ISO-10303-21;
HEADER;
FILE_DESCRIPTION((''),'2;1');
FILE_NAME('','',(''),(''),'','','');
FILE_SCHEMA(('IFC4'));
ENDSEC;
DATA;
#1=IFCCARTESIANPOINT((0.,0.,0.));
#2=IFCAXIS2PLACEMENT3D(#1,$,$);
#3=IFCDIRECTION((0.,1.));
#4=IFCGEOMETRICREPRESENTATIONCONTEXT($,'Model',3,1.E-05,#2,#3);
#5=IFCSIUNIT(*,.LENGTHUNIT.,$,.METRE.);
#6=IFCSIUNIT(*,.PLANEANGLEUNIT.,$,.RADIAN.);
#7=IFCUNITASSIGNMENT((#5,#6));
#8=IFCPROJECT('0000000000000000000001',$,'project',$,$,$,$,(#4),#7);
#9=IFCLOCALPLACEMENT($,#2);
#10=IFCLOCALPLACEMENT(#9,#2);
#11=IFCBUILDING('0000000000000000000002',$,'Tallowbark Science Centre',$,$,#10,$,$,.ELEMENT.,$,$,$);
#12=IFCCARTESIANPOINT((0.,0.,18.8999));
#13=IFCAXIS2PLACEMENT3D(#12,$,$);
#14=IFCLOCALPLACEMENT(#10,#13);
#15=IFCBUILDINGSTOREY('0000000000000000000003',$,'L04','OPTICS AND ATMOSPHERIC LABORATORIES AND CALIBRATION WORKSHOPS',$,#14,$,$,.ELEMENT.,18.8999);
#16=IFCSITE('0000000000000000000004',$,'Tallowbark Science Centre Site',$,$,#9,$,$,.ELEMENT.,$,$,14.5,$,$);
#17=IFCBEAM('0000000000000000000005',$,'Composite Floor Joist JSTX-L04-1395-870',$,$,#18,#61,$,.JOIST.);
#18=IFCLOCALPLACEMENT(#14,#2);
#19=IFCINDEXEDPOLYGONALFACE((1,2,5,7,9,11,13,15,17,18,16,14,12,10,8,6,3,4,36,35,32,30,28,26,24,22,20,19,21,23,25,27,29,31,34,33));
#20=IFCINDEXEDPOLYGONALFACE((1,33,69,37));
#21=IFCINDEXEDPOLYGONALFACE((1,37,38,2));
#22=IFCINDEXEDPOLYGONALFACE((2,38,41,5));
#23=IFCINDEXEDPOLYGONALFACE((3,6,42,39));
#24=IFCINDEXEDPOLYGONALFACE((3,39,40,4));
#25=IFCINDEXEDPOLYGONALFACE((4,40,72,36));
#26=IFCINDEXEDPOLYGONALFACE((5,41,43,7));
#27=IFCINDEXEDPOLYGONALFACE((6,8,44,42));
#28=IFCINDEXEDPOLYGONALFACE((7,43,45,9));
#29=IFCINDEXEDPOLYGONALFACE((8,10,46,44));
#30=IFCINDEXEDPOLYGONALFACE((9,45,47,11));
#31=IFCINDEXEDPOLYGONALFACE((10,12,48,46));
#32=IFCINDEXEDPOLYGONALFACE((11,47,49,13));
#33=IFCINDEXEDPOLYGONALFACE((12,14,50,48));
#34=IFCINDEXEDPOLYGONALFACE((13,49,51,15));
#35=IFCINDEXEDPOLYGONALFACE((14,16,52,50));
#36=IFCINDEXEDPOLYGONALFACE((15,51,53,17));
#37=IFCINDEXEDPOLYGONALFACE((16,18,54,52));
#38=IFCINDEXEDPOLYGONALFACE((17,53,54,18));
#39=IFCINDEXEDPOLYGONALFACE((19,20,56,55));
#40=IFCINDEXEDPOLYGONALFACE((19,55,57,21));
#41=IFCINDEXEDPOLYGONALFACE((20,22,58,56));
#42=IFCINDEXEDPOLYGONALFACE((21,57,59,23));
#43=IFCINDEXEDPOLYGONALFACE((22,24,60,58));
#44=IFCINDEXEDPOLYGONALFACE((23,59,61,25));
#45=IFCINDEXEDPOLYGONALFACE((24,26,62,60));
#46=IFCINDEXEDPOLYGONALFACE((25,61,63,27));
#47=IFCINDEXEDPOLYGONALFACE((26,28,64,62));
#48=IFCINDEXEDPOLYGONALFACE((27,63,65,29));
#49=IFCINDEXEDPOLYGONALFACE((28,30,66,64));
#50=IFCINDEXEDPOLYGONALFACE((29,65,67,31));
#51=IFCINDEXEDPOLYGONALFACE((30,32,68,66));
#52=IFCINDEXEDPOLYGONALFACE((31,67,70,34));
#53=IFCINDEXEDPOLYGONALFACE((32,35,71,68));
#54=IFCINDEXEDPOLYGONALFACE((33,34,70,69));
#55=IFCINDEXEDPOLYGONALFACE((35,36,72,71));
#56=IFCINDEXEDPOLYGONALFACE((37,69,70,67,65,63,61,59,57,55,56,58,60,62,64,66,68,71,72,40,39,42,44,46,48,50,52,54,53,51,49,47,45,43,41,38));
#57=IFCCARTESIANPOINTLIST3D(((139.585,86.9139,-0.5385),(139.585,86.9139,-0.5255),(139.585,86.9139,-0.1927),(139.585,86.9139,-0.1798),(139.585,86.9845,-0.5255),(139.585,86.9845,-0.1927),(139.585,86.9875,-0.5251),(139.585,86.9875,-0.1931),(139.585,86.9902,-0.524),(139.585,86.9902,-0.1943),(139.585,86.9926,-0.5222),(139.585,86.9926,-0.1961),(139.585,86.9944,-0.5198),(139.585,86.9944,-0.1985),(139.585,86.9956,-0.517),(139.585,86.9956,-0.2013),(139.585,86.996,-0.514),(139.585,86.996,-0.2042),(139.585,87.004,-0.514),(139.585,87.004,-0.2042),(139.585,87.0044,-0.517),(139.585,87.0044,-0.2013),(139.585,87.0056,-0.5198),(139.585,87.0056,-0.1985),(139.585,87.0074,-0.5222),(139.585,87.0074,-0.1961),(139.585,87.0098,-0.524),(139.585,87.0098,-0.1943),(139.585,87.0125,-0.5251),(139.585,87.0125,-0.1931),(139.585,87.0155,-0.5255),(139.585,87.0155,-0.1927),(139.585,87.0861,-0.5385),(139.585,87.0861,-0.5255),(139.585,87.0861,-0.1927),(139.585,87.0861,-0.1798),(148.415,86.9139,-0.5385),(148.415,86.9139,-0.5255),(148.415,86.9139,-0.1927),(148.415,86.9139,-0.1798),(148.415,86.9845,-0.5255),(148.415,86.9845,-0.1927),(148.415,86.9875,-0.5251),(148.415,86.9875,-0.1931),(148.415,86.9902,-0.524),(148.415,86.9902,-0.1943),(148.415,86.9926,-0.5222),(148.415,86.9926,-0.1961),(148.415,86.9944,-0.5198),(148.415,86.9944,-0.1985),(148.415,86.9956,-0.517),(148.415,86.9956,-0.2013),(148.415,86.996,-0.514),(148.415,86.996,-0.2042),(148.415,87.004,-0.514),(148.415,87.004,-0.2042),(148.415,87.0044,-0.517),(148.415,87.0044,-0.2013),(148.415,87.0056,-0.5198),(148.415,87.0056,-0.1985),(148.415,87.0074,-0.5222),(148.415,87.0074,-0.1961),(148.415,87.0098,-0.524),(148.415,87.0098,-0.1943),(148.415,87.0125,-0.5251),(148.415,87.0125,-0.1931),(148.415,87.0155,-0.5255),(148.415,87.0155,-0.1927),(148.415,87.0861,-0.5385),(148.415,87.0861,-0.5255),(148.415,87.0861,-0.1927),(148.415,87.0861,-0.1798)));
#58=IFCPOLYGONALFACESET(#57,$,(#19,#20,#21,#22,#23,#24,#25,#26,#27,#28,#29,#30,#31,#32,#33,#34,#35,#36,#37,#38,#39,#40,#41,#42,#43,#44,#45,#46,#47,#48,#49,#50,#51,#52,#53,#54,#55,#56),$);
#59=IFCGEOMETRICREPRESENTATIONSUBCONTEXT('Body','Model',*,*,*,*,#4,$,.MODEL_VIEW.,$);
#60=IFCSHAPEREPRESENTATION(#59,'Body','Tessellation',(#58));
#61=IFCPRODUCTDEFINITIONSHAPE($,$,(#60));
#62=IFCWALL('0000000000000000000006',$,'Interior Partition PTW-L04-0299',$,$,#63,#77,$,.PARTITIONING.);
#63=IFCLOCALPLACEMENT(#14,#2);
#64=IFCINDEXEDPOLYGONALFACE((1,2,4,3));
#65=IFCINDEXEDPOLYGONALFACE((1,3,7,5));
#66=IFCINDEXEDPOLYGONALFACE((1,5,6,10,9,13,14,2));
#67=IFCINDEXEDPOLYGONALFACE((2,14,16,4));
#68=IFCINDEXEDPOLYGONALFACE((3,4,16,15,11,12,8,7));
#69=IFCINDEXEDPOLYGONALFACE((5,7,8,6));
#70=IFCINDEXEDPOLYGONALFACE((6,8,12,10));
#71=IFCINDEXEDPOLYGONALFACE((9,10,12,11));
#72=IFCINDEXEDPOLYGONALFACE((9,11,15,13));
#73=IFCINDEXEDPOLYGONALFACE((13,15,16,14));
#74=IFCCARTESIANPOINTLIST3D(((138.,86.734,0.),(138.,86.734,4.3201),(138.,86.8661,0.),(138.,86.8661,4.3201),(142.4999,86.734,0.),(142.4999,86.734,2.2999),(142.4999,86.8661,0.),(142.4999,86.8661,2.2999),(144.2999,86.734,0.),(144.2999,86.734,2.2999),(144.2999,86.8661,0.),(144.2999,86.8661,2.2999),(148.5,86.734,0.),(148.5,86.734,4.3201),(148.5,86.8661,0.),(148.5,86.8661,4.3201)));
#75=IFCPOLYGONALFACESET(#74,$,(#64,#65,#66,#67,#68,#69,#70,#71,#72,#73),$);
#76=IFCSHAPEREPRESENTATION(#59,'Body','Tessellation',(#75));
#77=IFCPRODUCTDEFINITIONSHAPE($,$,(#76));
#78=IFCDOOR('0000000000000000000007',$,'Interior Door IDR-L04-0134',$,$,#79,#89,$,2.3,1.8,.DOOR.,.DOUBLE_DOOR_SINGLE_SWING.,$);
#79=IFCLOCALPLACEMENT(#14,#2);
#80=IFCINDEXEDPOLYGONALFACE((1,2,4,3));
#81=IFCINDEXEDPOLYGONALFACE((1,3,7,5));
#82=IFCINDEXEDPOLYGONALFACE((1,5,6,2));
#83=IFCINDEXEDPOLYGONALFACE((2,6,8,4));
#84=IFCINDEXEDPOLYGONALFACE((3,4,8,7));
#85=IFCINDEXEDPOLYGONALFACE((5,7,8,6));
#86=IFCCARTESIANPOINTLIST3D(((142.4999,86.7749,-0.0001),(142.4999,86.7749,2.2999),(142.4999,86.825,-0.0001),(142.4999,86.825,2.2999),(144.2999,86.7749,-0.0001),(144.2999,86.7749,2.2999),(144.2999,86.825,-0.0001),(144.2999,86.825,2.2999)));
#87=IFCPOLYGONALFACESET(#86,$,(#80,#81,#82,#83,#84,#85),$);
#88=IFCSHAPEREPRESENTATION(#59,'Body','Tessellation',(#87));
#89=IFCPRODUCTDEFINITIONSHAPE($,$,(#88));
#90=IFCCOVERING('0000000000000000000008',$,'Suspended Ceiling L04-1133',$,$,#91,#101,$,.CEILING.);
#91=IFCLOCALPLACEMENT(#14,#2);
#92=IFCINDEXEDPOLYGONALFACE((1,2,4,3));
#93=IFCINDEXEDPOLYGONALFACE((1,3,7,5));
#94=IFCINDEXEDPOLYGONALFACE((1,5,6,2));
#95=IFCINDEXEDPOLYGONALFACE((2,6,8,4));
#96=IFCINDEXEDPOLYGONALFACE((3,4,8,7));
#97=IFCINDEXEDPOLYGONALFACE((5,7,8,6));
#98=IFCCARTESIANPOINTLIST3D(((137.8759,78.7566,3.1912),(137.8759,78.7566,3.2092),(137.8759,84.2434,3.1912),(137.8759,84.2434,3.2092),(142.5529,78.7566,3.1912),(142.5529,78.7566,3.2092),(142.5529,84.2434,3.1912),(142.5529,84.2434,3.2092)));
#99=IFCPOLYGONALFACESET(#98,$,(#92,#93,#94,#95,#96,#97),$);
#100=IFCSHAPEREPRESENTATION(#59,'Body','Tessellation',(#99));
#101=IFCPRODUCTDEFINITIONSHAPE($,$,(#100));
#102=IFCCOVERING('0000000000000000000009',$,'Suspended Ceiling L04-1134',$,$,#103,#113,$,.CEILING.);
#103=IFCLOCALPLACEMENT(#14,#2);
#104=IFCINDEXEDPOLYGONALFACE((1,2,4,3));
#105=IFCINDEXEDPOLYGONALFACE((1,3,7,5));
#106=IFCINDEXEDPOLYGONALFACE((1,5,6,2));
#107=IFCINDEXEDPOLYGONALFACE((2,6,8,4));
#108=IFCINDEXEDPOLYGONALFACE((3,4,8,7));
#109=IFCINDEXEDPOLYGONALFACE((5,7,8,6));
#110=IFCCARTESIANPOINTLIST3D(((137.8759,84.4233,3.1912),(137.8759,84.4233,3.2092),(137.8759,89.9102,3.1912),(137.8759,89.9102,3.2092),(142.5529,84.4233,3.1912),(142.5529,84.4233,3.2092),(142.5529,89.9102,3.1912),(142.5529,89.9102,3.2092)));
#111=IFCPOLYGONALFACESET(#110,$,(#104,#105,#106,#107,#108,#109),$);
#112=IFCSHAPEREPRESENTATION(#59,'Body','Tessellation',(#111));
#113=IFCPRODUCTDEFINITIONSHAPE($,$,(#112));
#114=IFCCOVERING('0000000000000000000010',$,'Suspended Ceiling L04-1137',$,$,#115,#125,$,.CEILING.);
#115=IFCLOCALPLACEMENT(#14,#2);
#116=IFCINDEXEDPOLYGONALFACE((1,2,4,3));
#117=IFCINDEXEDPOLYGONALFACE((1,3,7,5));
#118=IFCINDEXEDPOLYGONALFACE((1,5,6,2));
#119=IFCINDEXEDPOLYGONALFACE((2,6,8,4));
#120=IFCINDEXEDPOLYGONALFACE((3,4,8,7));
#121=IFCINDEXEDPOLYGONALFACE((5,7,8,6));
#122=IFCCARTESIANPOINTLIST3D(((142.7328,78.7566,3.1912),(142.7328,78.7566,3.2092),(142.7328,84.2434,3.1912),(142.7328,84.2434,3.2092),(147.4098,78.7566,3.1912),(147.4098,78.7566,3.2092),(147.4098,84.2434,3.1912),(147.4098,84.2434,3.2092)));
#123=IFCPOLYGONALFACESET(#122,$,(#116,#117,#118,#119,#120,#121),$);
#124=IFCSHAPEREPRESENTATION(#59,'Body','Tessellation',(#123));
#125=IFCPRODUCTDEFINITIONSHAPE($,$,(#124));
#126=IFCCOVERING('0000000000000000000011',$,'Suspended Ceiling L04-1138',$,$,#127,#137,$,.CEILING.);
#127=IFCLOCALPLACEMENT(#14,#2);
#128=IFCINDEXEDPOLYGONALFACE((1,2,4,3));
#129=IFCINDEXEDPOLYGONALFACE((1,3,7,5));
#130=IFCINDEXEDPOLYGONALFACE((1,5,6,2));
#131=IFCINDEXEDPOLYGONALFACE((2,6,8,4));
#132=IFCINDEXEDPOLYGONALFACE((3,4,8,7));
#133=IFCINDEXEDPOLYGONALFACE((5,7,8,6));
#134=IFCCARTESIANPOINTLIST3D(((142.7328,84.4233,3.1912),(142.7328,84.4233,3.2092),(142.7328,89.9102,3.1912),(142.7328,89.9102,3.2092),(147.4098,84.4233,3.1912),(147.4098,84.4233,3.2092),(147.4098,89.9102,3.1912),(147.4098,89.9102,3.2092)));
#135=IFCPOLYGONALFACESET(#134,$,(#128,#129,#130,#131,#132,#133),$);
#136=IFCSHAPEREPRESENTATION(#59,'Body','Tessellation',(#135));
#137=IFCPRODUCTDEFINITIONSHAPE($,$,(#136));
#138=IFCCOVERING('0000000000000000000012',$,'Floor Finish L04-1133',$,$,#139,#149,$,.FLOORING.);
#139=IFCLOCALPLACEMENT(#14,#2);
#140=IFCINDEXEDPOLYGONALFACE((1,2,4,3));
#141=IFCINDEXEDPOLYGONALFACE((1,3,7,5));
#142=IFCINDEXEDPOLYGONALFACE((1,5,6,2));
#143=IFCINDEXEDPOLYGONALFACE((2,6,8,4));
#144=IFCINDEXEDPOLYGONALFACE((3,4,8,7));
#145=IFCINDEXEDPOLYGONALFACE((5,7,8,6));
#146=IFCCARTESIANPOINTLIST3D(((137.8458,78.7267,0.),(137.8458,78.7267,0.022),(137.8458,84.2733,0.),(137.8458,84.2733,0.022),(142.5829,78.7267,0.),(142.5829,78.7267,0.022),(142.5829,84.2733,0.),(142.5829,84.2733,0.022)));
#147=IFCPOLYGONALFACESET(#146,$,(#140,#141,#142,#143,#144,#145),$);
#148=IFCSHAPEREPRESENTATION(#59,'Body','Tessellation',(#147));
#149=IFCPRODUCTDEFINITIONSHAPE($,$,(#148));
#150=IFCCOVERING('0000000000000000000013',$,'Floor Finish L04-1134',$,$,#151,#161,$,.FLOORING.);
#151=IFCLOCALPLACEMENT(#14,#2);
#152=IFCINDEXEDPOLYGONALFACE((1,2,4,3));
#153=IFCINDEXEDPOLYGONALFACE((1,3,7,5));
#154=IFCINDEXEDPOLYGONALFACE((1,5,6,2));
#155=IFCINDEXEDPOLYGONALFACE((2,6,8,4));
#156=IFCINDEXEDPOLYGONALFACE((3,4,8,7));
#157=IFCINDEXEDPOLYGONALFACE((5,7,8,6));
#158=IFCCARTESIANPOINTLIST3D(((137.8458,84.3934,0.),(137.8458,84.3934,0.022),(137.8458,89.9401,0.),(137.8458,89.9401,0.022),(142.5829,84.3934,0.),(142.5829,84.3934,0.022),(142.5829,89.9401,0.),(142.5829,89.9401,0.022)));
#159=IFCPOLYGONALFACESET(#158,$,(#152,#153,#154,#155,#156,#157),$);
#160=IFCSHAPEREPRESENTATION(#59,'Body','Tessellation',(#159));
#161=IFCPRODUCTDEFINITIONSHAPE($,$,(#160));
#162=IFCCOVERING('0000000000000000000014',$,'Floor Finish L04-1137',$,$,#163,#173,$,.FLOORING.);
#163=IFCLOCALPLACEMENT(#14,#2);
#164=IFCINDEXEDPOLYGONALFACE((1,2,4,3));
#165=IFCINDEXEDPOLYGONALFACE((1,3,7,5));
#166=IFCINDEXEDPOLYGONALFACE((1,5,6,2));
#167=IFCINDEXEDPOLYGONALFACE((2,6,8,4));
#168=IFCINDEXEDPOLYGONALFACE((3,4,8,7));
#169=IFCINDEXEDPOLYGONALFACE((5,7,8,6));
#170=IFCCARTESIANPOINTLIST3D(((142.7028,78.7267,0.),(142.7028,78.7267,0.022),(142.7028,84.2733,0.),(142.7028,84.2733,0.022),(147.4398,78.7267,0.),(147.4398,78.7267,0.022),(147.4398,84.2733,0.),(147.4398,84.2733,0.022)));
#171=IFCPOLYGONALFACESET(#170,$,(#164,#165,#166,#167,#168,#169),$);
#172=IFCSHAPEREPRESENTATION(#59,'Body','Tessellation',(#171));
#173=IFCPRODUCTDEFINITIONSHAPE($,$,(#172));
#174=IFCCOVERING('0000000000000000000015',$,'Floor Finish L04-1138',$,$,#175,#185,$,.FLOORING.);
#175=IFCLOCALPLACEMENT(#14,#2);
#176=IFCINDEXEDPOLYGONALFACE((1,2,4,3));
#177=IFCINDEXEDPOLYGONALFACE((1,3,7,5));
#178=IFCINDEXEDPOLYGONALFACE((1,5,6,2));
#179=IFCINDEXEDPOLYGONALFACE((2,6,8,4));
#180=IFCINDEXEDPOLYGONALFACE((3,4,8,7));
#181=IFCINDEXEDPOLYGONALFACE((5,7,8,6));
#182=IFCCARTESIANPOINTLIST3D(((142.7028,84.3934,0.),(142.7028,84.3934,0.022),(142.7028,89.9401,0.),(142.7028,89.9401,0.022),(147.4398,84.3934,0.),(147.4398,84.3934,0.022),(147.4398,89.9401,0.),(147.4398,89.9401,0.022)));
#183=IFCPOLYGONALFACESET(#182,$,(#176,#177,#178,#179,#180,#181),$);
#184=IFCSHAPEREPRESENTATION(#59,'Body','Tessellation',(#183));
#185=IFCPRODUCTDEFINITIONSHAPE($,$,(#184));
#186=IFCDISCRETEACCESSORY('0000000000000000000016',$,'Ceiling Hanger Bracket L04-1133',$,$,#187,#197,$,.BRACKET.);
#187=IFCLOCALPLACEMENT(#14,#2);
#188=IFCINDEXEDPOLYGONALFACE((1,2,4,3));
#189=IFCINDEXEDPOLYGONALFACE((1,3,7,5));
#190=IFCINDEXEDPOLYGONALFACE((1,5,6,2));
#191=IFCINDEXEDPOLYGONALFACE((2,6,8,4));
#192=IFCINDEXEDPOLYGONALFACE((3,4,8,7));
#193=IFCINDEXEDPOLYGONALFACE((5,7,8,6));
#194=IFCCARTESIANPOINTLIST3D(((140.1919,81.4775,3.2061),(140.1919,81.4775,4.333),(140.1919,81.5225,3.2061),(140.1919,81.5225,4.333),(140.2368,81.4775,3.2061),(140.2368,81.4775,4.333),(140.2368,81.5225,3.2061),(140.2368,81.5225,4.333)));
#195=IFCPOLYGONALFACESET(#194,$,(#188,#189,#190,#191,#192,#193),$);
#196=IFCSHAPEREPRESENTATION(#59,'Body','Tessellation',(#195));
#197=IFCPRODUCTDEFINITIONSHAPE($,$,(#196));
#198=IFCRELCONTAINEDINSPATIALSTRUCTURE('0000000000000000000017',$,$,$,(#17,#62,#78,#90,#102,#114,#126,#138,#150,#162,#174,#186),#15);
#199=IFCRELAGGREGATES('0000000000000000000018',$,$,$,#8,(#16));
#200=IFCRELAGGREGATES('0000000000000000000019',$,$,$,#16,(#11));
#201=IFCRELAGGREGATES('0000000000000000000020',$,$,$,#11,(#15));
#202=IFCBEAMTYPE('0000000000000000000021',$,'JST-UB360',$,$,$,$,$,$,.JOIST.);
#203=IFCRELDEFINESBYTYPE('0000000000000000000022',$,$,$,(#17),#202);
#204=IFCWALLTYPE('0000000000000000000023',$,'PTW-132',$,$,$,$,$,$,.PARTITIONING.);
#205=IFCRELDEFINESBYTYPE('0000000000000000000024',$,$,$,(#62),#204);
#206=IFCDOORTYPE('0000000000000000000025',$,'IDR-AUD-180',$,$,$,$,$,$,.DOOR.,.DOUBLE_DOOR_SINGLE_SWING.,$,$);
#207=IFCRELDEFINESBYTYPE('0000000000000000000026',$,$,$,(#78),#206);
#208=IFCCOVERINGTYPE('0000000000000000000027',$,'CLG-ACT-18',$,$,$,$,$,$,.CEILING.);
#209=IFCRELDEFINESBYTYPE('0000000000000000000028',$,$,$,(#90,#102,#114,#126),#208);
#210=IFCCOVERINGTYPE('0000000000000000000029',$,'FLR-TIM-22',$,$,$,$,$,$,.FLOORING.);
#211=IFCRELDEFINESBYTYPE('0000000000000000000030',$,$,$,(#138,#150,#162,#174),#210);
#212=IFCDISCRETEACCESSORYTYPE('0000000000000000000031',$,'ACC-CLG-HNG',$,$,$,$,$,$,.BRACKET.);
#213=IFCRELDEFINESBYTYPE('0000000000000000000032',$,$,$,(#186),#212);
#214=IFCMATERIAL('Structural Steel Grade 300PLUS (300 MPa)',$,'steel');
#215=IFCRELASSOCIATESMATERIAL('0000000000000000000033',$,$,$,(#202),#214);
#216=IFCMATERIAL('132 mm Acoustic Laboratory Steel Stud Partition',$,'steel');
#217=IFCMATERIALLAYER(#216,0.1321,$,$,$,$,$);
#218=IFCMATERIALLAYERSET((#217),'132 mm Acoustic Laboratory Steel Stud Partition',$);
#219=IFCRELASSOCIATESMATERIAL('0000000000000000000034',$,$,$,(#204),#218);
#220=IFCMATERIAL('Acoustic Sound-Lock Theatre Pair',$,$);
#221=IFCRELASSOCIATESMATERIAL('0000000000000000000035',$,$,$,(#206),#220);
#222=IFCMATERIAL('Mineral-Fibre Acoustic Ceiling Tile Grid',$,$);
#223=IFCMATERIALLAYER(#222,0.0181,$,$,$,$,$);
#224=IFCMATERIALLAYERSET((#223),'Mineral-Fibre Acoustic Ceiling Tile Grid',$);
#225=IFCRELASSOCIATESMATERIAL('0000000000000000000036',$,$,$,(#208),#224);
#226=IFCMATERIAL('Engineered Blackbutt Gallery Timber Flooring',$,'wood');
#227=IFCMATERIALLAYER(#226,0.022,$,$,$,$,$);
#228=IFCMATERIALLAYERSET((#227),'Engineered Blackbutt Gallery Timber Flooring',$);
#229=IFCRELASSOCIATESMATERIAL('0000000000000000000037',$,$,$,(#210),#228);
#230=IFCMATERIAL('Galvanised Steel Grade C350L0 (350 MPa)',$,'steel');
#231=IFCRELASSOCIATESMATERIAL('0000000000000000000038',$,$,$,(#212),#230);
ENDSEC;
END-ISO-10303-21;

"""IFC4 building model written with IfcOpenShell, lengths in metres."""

from ifc_helpers import new_model, si_unit, direction, frame, frame_2d, origin, origin_2d, place, context, subcontext, project, spatial, rectangle, i_section, extrude, material, layer, layer_set, material_profile, profile_set, type_object, element, fill, save


model = new_model("IFC4")

# Units and contexts
model_context = context("Model", 3, precision=1e-05, world=origin(), true_north=direction((0.0, 1.0)))
body_context = subcontext(model_context, "Body", "Model", "MODEL_VIEW")
ifc_project = project(units=[si_unit("LENGTHUNIT", "METRE"), si_unit("PLANEANGLEUNIT", "RADIAN")], contexts=[model_context])

# Site, building, storey
site_placement = place(None, origin())
site = spatial("IfcSite", under=ifc_project, at=site_placement, Name="Tallowbark Science Centre Site", CompositionType="ELEMENT", RefElevation=14.5)
building_placement = place(site_placement, origin())
building = spatial("IfcBuilding", under=site, at=building_placement, Name="Tallowbark Science Centre", CompositionType="ELEMENT")
storey_placement = place(building_placement, frame((0.0, 0.0, 18.8999)))
storey = spatial("IfcBuildingStorey", under=building, at=storey_placement, Name="L04", Description="OPTICS AND ATMOSPHERIC LABORATORIES AND CALIBRATION WORKSHOPS", CompositionType="ELEMENT", Elevation=18.8999)

# Shared definitions
ifc_material_1 = material(Name="Structural Steel Grade 300PLUS (300 MPa)", Category="steel")

# Beam
ifc_material_profile_1 = material_profile(ifc_material_1, i_section(OverallWidth=0.1721, OverallDepth=0.3586, WebThickness=0.0081, FlangeThickness=0.0129, FilletRadius=0.0115, at=origin_2d()), Name="360UB56.7")
ifc_profile_set_1 = profile_set([ifc_material_profile_1], Name="Structural Steel Grade 300PLUS (300 MPa)")
beam_type_1 = type_object("IfcBeamType", Name="JST-UB360", PredefinedType="JOIST", material=ifc_profile_set_1)
for number, where, z_axis, x_axis, name in (
    (1, (139.585, 87.0, -0.3591), (1.0, 0.0, 0.0), (0.0, 1.0, 0.0), "Composite Floor Joist JSTX-L04-1395-870"),
):
    element("IfcBeam", number, at=place(storey_placement, frame(where, z_axis=z_axis, x_axis=x_axis)), inside=storey, type_object=beam_type_1, Name=name, PredefinedType="JOIST", context=body_context, shape_type="SweptSolid", body=[
        extrude(i_section(OverallWidth=0.1721, OverallDepth=0.3586, WebThickness=0.0081, FlangeThickness=0.0129, FilletRadius=0.0115, at=origin_2d()), origin(), (0.0, 0.0, 1.0), 8.8301),
    ])

# Wall, opening, door
ifc_material_2 = material(Name="132 mm Acoustic Laboratory Steel Stud Partition", Category="steel")
ifc_layer_1 = layer(ifc_material_2, 0.1321)
ifc_layer_set_1 = layer_set([ifc_layer_1], Name="132 mm Acoustic Laboratory Steel Stud Partition")
wall_type = type_object("IfcWallType", Name="PTW-132", PredefinedType="PARTITIONING", material=ifc_layer_set_1)
wall_placement = place(storey_placement, frame((138.0, 86.8, 0.0), z_axis=(0.0, 0.0, 1.0), x_axis=(1.0, 0.0, 0.0)))
wall = element("IfcWall", 2, at=wall_placement, inside=storey, type_object=wall_type, Name="Interior Partition PTW-L04-0299", PredefinedType="PARTITIONING", context=body_context, shape_type="SweptSolid", body=[
    extrude(rectangle(XDim=10.5, YDim=0.1321, at=frame_2d((5.25, 0.0))), origin(), (0.0, 0.0, 1.0), 4.3201),
])
opening_placement = place(wall_placement, frame((4.5, 0.0, 0.0)))
opening = element("IfcOpeningElement", 3, at=opening_placement, cuts=wall, PredefinedType="OPENING", context=body_context, shape_type="SweptSolid", body=[
    extrude(rectangle(XDim=1.8, YDim=2.3, at=frame_2d((0.8999, 1.1499))), frame((0.0, 0.0762, 0.0), z_axis=(0.0, -1.0, 0.0), x_axis=(1.0, 0.0, 0.0)), (0.0, 0.0, 1.0), 0.1521),
])
ifc_material_3 = material(Name="Acoustic Sound-Lock Theatre Pair")
door_type = type_object("IfcDoorType", Name="IDR-AUD-180", OperationType="DOUBLE_DOOR_SINGLE_SWING", PredefinedType="DOOR", material=ifc_material_3)
door_placement = place(opening_placement, origin())
door = element("IfcDoor", 4, at=door_placement, inside=storey, type_object=door_type, Name="Interior Door IDR-L04-0134", OperationType="DOUBLE_DOOR_SINGLE_SWING", OverallHeight=2.3, OverallWidth=1.8, PredefinedType="DOOR", context=body_context, shape_type="SweptSolid", body=[
    extrude(rectangle(XDim=1.8, YDim=2.3, at=frame_2d((0.8999, 1.1499))), frame((0.0, 0.0249, 0.0), z_axis=(0.0, -1.0, 0.0), x_axis=(1.0, 0.0, 0.0)), (0.0, 0.0, 1.0), 0.05),
])
fill(opening, door)

# Coverings
ifc_material_4 = material(Name="Mineral-Fibre Acoustic Ceiling Tile Grid")
ifc_layer_2 = layer(ifc_material_4, 0.0181)
ifc_layer_set_2 = layer_set([ifc_layer_2], Name="Mineral-Fibre Acoustic Ceiling Tile Grid")
covering_type_1 = type_object("IfcCoveringType", Name="CLG-ACT-18", PredefinedType="CEILING", material=ifc_layer_set_2)
for number, where, z_axis, x_axis, name in (
    (5, (140.2144, 81.5, 3.1912), (0.0, 0.0, 1.0), (1.0, 0.0, 0.0), "Suspended Ceiling L04-1133"),
    (6, (140.2144, 87.1667, 3.1912), (0.0, 0.0, 1.0), (1.0, 0.0, 0.0), "Suspended Ceiling L04-1134"),
    (7, (145.0713, 81.5, 3.1912), (0.0, 0.0, 1.0), (1.0, 0.0, 0.0), "Suspended Ceiling L04-1137"),
    (8, (145.0713, 87.1667, 3.1912), (0.0, 0.0, 1.0), (1.0, 0.0, 0.0), "Suspended Ceiling L04-1138"),
):
    element("IfcCovering", number, at=place(storey_placement, frame(where, z_axis=z_axis, x_axis=x_axis)), inside=storey, type_object=covering_type_1, Name=name, PredefinedType="CEILING", context=body_context, shape_type="SweptSolid", body=[
        extrude(rectangle(XDim=4.677, YDim=5.4868, at=origin_2d()), origin(), (0.0, 0.0, 1.0), 0.0181),
    ])
ifc_material_5 = material(Name="Engineered Blackbutt Gallery Timber Flooring", Category="wood")
ifc_layer_3 = layer(ifc_material_5, 0.022)
ifc_layer_set_3 = layer_set([ifc_layer_3], Name="Engineered Blackbutt Gallery Timber Flooring")
covering_type_2 = type_object("IfcCoveringType", Name="FLR-TIM-22", PredefinedType="FLOORING", material=ifc_layer_set_3)
for number, where, z_axis, x_axis, name in (
    (9, (140.2144, 81.5, 0.0), (0.0, 0.0, 1.0), (1.0, 0.0, 0.0), "Floor Finish L04-1133"),
    (10, (140.2144, 87.1667, 0.0), (0.0, 0.0, 1.0), (1.0, 0.0, 0.0), "Floor Finish L04-1134"),
    (11, (145.0713, 81.5, 0.0), (0.0, 0.0, 1.0), (1.0, 0.0, 0.0), "Floor Finish L04-1137"),
    (12, (145.0713, 87.1667, 0.0), (0.0, 0.0, 1.0), (1.0, 0.0, 0.0), "Floor Finish L04-1138"),
):
    element("IfcCovering", number, at=place(storey_placement, frame(where, z_axis=z_axis, x_axis=x_axis)), inside=storey, type_object=covering_type_2, Name=name, PredefinedType="FLOORING", context=body_context, shape_type="SweptSolid", body=[
        extrude(rectangle(XDim=4.7371, YDim=5.5466, at=origin_2d()), origin(), (0.0, 0.0, 1.0), 0.022),
    ])

# Discrete accessory
ifc_material_6 = material(Name="Galvanised Steel Grade C350L0 (350 MPa)", Category="steel")
discrete_accessory_type = type_object("IfcDiscreteAccessoryType", Name="ACC-CLG-HNG", PredefinedType="BRACKET", material=ifc_material_6)
for number, where, z_axis, x_axis, name in (
    (13, (140.2144, 81.5, 3.2061), (0.0, 0.0, 1.0), (1.0, 0.0, 0.0), "Ceiling Hanger Bracket L04-1133"),
):
    element("IfcDiscreteAccessory", number, at=place(storey_placement, frame(where, z_axis=z_axis, x_axis=x_axis)), inside=storey, type_object=discrete_accessory_type, Name=name, PredefinedType="BRACKET", context=body_context, shape_type="SweptSolid", body=[
        extrude(rectangle(XDim=0.0449, YDim=0.0449, at=origin_2d()), origin(), (0.0, 0.0, 1.0), 1.127),
    ])

save(model, "model.ifc")
